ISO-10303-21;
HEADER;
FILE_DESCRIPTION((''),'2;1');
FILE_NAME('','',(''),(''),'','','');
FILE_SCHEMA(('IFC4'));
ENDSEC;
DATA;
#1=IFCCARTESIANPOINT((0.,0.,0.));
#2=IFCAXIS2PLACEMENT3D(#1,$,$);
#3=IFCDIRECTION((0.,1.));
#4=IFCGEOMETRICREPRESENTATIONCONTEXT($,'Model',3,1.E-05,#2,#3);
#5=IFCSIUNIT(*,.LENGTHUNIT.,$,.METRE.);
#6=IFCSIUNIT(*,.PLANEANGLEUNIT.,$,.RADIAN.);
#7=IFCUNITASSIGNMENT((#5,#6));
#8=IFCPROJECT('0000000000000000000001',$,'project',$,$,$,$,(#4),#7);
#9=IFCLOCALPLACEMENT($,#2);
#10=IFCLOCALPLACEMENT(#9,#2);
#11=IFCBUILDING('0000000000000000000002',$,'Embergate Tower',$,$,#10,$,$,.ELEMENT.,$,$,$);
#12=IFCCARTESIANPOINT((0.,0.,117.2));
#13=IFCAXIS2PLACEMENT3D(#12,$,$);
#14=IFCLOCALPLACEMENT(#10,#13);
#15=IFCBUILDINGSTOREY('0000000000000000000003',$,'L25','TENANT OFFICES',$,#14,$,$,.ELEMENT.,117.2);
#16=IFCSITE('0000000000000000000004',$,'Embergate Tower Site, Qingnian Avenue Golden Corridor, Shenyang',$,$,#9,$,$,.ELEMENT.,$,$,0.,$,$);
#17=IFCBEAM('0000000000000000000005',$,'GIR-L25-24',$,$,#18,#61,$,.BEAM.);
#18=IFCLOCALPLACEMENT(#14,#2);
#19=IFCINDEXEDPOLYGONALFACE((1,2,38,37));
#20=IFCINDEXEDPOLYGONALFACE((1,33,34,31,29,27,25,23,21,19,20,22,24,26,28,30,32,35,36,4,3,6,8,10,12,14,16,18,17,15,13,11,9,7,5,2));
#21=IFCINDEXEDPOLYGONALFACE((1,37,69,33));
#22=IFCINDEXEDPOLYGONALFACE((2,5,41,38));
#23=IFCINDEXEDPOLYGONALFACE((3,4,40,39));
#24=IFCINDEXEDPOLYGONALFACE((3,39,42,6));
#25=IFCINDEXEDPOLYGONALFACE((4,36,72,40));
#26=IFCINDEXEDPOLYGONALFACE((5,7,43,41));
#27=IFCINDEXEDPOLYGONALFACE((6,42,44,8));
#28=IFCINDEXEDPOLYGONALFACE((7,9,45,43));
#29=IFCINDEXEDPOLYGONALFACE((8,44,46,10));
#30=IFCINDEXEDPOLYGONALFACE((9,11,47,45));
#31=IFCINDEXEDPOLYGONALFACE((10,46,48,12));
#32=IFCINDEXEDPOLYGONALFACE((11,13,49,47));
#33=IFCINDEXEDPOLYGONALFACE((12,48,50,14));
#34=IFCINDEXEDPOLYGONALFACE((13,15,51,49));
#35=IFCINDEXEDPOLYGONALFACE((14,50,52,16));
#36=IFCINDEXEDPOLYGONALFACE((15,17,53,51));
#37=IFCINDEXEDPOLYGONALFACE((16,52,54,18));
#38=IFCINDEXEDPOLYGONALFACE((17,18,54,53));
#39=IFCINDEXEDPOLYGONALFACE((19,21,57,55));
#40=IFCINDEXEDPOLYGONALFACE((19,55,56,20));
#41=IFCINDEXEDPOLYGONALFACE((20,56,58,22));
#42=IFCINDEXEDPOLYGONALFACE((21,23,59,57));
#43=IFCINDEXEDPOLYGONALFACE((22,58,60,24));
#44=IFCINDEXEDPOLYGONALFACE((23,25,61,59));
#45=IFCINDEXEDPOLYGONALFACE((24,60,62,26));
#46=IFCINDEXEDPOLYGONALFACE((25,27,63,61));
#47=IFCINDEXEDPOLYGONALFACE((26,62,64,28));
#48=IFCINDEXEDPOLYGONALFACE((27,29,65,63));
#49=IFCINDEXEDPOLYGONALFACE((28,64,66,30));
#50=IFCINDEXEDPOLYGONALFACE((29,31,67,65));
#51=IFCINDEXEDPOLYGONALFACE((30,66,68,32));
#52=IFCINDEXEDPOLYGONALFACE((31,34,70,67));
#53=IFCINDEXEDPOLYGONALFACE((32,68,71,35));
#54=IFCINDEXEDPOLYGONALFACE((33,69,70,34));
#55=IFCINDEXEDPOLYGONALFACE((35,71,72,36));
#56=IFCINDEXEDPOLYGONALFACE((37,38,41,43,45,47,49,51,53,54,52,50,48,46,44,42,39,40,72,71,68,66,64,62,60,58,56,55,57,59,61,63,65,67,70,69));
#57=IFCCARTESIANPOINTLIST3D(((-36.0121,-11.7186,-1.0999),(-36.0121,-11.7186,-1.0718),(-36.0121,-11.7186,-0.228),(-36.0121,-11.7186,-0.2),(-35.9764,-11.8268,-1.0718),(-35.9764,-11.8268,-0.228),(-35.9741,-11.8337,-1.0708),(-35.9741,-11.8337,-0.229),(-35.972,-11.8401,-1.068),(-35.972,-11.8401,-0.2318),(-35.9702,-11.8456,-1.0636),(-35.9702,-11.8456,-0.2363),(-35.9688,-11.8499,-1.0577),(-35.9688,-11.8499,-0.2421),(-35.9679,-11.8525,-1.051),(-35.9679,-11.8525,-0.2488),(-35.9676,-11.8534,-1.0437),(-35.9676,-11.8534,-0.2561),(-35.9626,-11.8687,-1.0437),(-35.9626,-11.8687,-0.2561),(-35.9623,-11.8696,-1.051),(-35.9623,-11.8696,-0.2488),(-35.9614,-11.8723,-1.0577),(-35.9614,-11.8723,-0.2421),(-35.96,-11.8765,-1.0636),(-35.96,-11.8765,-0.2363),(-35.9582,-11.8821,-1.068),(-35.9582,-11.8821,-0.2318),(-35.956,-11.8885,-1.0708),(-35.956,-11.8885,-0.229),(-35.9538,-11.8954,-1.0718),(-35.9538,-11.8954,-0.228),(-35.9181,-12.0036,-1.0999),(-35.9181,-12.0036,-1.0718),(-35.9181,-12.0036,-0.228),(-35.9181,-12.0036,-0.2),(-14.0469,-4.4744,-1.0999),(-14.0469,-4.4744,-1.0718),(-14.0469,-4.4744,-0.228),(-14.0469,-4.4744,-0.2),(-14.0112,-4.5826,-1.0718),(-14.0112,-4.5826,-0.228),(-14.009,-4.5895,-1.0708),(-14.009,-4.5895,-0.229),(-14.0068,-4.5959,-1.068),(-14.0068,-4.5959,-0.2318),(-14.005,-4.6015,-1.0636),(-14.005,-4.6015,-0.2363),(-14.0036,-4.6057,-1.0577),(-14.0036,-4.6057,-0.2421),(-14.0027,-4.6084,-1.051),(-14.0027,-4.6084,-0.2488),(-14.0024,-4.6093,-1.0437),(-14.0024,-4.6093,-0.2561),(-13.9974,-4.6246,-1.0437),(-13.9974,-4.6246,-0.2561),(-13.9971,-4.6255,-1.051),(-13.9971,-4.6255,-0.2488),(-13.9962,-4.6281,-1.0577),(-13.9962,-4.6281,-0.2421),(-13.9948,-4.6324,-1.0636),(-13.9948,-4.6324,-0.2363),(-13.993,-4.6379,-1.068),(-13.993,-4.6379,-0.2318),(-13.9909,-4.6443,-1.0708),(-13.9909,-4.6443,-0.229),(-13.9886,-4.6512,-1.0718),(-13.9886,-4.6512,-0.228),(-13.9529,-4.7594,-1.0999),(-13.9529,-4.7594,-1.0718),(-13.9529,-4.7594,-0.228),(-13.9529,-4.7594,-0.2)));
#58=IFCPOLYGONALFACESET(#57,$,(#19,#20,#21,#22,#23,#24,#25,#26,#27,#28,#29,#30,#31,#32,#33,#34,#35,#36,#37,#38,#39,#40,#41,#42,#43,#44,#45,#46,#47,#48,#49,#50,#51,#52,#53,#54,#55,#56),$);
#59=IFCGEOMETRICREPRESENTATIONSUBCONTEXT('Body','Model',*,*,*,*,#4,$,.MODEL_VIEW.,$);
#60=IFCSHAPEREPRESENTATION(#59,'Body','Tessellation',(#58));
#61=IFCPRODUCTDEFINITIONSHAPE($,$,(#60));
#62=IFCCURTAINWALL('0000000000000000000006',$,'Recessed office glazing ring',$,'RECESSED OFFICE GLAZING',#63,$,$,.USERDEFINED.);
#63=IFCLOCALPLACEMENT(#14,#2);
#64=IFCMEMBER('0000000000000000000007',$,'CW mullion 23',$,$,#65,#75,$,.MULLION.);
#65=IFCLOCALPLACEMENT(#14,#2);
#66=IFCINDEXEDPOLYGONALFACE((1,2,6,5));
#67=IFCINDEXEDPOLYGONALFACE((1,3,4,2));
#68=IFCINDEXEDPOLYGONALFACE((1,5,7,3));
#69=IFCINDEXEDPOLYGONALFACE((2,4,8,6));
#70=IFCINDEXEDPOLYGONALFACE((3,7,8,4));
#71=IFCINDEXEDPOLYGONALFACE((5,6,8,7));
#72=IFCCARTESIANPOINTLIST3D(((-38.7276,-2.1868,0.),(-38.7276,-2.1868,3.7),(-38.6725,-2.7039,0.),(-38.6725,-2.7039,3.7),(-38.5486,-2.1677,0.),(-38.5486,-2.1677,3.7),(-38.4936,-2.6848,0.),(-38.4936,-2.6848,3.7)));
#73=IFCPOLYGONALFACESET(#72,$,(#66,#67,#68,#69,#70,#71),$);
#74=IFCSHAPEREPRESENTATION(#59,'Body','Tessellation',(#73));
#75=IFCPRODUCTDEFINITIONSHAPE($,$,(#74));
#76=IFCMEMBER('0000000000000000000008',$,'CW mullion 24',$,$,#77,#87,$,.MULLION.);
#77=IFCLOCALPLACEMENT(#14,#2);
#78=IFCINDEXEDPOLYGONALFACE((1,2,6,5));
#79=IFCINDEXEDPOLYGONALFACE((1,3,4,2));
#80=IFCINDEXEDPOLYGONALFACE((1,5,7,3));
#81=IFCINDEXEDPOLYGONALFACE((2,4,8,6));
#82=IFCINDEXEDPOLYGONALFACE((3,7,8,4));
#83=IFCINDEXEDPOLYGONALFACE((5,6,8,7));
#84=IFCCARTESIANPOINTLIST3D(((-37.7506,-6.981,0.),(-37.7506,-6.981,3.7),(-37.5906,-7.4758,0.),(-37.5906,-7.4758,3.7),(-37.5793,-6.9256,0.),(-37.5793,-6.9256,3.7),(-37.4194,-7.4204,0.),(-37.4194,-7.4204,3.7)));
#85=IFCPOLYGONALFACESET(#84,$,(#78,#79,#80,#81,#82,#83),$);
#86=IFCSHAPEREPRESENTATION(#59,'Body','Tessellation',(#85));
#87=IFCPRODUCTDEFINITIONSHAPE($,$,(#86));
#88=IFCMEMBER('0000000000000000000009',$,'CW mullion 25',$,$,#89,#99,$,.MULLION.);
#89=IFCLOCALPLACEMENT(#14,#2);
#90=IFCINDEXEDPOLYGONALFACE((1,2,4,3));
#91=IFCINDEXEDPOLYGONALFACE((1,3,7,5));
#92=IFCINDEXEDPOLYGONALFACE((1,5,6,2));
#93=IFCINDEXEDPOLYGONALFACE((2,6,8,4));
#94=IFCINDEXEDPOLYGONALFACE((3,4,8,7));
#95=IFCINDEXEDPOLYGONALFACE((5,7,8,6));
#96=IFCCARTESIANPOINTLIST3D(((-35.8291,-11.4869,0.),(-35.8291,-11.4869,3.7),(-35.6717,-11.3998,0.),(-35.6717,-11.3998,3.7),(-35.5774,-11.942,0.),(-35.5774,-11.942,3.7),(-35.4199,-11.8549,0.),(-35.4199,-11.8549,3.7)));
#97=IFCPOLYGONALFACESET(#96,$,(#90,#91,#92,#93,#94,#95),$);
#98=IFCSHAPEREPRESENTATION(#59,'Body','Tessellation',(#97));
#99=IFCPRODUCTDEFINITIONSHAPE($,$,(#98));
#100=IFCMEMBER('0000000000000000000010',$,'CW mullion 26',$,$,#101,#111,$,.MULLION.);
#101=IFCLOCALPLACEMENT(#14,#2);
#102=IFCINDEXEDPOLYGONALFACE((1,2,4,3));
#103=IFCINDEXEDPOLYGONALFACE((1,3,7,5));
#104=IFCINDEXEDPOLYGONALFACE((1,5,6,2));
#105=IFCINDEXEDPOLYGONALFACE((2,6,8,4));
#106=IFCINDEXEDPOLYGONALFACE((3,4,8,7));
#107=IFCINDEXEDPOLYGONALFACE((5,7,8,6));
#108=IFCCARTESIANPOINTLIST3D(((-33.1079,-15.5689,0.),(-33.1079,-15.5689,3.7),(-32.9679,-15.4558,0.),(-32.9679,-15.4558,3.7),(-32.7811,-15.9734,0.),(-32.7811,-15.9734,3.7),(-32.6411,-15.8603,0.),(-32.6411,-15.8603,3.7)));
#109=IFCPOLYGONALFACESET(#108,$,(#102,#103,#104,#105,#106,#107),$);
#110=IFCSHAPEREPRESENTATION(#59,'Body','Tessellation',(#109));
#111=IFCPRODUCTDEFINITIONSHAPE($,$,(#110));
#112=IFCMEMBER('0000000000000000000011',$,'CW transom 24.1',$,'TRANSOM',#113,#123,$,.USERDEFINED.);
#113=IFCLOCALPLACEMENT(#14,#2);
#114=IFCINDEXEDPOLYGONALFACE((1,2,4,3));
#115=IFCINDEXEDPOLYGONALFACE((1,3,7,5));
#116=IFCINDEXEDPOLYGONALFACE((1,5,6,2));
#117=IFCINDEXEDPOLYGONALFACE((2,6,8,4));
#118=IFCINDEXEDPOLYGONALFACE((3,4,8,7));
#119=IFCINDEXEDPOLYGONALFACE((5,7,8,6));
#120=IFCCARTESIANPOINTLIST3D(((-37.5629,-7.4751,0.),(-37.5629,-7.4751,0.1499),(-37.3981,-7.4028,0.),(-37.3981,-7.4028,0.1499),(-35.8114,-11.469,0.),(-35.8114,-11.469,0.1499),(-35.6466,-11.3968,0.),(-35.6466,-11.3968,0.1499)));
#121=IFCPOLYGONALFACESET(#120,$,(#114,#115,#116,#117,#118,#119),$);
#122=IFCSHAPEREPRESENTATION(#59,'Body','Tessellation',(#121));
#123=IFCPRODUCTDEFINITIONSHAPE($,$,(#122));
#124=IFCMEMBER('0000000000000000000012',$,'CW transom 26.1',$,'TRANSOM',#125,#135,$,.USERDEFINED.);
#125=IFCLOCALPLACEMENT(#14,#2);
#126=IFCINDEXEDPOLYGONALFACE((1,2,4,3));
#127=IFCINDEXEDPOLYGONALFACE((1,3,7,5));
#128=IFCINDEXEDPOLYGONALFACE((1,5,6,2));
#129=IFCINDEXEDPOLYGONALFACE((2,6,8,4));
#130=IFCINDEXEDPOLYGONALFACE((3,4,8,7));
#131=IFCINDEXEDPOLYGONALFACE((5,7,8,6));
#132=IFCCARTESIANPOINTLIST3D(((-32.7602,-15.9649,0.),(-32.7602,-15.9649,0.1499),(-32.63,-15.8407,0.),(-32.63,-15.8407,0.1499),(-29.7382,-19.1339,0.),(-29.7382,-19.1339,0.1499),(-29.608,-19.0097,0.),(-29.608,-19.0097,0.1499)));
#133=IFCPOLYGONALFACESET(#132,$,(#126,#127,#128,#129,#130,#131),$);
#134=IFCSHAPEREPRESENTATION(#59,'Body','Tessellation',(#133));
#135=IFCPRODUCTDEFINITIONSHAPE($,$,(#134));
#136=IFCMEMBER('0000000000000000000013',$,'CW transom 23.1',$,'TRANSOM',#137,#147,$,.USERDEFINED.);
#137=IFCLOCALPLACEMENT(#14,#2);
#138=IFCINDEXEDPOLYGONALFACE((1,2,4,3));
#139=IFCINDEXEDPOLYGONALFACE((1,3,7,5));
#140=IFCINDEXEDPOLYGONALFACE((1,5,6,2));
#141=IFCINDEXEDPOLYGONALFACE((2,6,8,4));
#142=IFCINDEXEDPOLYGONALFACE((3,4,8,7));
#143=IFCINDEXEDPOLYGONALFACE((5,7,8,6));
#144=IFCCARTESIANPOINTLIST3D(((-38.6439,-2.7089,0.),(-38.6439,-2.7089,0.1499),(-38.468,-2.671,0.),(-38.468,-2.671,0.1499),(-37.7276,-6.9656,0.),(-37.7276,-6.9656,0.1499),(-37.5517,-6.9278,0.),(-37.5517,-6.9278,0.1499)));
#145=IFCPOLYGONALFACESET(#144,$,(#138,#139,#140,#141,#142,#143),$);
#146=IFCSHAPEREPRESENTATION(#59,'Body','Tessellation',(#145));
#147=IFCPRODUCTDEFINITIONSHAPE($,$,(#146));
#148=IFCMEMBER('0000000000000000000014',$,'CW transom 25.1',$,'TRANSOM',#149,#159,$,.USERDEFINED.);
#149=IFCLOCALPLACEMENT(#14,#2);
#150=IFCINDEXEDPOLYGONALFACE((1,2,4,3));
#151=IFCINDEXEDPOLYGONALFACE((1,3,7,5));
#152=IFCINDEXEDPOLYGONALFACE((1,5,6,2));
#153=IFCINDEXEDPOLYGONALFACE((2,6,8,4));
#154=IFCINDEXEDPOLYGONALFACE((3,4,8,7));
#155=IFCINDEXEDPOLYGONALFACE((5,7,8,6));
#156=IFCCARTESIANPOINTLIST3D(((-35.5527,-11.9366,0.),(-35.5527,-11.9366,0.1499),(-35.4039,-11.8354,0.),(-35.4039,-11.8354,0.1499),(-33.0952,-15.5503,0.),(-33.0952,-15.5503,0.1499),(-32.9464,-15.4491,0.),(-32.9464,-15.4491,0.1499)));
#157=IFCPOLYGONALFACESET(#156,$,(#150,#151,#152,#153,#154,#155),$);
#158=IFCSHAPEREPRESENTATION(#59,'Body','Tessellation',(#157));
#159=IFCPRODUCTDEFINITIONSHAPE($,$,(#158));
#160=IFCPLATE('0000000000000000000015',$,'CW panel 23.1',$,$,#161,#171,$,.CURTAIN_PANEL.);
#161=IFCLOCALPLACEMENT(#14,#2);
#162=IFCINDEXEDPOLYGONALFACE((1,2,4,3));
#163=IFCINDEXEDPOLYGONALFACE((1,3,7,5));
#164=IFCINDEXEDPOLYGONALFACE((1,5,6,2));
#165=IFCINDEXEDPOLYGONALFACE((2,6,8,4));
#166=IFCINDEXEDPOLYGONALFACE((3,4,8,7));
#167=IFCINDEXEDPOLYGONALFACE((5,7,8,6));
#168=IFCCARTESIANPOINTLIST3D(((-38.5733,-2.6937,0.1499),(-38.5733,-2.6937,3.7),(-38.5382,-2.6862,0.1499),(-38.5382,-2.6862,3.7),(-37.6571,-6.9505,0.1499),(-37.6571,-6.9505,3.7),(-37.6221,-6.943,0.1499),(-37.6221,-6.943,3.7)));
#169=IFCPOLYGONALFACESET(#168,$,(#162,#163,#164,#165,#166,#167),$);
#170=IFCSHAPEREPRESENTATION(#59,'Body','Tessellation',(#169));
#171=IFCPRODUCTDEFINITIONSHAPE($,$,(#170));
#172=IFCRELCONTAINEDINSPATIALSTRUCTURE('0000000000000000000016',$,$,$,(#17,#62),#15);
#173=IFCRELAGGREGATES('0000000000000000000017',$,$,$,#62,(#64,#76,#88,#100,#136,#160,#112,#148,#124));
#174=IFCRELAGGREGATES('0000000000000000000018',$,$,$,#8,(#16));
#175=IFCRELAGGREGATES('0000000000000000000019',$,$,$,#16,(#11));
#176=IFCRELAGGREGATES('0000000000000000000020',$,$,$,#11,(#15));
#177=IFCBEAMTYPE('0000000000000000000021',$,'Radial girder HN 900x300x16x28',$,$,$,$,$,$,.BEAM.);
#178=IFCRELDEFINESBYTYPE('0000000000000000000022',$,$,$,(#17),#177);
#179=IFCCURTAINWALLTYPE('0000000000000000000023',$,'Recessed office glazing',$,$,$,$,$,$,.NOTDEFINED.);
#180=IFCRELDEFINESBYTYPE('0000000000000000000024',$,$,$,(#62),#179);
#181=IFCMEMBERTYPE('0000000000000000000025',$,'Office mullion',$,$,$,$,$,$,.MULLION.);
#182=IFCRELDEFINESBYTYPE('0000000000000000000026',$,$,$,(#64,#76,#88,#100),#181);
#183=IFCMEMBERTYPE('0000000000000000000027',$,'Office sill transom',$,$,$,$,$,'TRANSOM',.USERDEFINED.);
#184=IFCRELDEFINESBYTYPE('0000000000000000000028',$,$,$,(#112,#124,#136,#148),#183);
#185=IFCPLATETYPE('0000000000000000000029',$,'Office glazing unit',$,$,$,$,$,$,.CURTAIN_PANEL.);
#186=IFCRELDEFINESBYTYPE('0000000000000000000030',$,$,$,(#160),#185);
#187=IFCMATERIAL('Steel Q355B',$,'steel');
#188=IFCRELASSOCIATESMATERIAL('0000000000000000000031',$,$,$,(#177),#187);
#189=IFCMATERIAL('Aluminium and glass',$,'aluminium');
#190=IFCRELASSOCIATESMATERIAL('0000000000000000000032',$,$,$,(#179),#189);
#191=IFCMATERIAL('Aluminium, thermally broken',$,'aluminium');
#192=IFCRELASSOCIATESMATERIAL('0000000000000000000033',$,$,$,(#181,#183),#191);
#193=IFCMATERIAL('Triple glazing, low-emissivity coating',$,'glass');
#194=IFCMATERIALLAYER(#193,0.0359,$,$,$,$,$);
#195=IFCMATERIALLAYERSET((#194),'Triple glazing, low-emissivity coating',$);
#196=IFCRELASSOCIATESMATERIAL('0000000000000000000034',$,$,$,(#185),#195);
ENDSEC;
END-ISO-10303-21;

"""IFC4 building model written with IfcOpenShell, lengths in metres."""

from ifc_helpers import new_model, si_unit, direction, frame, origin, origin_2d, place, context, subcontext, project, spatial, rectangle, i_section, extrude, source, transform, mapped, material, layer, layer_set, material_profile, profile_set, type_object, element, aggregate, save


model = new_model("IFC4")

# Units and contexts
model_context = context("Model", 3, precision=1e-05, world=origin(), true_north=direction((0.0, 1.0)))
body_context = subcontext(model_context, "Body", "Model", "MODEL_VIEW")
ifc_project = project(units=[si_unit("LENGTHUNIT", "METRE"), si_unit("PLANEANGLEUNIT", "RADIAN")], contexts=[model_context])

# Site, building, storey
site_placement = place(None, origin())
site = spatial("IfcSite", under=ifc_project, at=site_placement, Name="Embergate Tower Site, Qingnian Avenue Golden Corridor, Shenyang", CompositionType="ELEMENT", RefElevation=0.0)
building_placement = place(site_placement, origin())
building = spatial("IfcBuilding", under=site, at=building_placement, Name="Embergate Tower", CompositionType="ELEMENT")
storey_placement = place(building_placement, frame((0.0, 0.0, 117.2)))
storey = spatial("IfcBuildingStorey", under=building, at=storey_placement, Name="L25", Description="TENANT OFFICES", CompositionType="ELEMENT", Elevation=117.2)

# Beam
ifc_material_1 = material(Name="Steel Q355B", Category="steel")
ifc_material_profile_1 = material_profile(ifc_material_1, i_section(OverallWidth=0.3, OverallDepth=0.8999, WebThickness=0.0161, FlangeThickness=0.0281, FilletRadius=0.0281, at=origin_2d()), Name="HN 900x300x16x28")
ifc_profile_set_1 = profile_set([ifc_material_profile_1], Name="Steel Q355 grade B")
beam_type_1 = type_object("IfcBeamType", Name="Radial girder HN 900x300x16x28", PredefinedType="BEAM", material=ifc_profile_set_1)
shared_shape_1 = source(origin(), body_context, "Body", "SweptSolid", [
    extrude(i_section(OverallWidth=0.3, OverallDepth=0.8999, WebThickness=0.0161, FlangeThickness=0.0281, FilletRadius=0.0281, at=origin_2d()), origin(), (0.0, 0.0, 1.0), 23.1289),
])
beam_1_placement = place(storey_placement, frame((-35.9651, -11.8611, -0.6499), z_axis=(0.949684, 0.313208, 0.0), x_axis=(-0.313208, 0.949684, 0.0)))
element("IfcBeam", 1, at=beam_1_placement, inside=storey, type_object=beam_type_1, Name="GIR-L25-24", PredefinedType="BEAM", context=body_context, shape_type="MappedRepresentation", body=[
    mapped(shared_shape_1, transform((0.0, 0.0, 0.0))),
])

# Curtain wall, members, plate
ifc_material_2 = material(Name="Aluminium and glass", Category="aluminium")
curtain_wall_type = type_object("IfcCurtainWallType", Name="Recessed office glazing", PredefinedType="NOTDEFINED", material=ifc_material_2)
curtain_wall_placement = place(storey_placement, origin())
curtain_wall = element("IfcCurtainWall", 2, at=curtain_wall_placement, inside=storey, type_object=curtain_wall_type, Name="Recessed office glazing ring", ObjectType="RECESSED OFFICE GLAZING", PredefinedType="USERDEFINED")
ifc_material_3 = material(Name="Aluminium, thermally broken", Category="aluminium")
ifc_material_profile_2 = material_profile(ifc_material_3, rectangle(XDim=0.1799, YDim=0.52, at=origin_2d()), Name="AL 520x180")
ifc_profile_set_2 = profile_set([ifc_material_profile_2], Name="Aluminium, thermally broken")
member_type_1 = type_object("IfcMemberType", Name="Office mullion", PredefinedType="MULLION", material=ifc_profile_set_2)
shared_shape_2 = source(origin(), body_context, "Body", "SweptSolid", [
    extrude(rectangle(XDim=0.1799, YDim=0.52, at=origin_2d()), origin(), (0.0, 0.0, 1.0), 3.7),
])
member_1_placement = place(storey_placement, frame((-38.6106, -2.4358, 0.0), z_axis=(0.0, 0.0, 1.0), x_axis=(0.994385, 0.10582, 0.0)))
member_1 = element("IfcMember", 3, at=member_1_placement, type_object=member_type_1, Name="CW mullion 23", PredefinedType="MULLION", context=body_context, shape_type="MappedRepresentation", body=[
    mapped(shared_shape_2, transform((0.0, 0.0, 0.0))),
])
member_2_placement = place(storey_placement, frame((-37.585, -7.2007, 0.0), z_axis=(0.0, 0.0, 1.0), x_axis=(0.9515, 0.307647, 0.0)))
member_2 = element("IfcMember", 4, at=member_2_placement, type_object=member_type_1, Name="CW mullion 24", PredefinedType="MULLION", context=body_context, shape_type="MappedRepresentation", body=[
    mapped(shared_shape_2, transform((0.0, 0.0, 0.0))),
])
member_3_placement = place(storey_placement, frame((-35.6245, -11.6709, 0.0), z_axis=(0.0, 0.0, 1.0), x_axis=(0.875007, 0.48411, 0.0)))
member_3 = element("IfcMember", 5, at=member_3_placement, type_object=member_type_1, Name="CW mullion 25", PredefinedType="MULLION", context=body_context, shape_type="MappedRepresentation", body=[
    mapped(shared_shape_2, transform((0.0, 0.0, 0.0))),
])
member_4_placement = place(storey_placement, frame((-32.8745, -15.7146, 0.0), z_axis=(0.0, 0.0, 1.0), x_axis=(0.777879, 0.628414, 0.0)))
member_4 = element("IfcMember", 6, at=member_4_placement, type_object=member_type_1, Name="CW mullion 26", PredefinedType="MULLION", context=body_context, shape_type="MappedRepresentation", body=[
    mapped(shared_shape_2, transform((0.0, 0.0, 0.0))),
])
ifc_material_profile_3 = material_profile(ifc_material_3, rectangle(XDim=0.1799, YDim=0.1499, at=origin_2d()), Name="AL 150x180")
ifc_profile_set_3 = profile_set([ifc_material_profile_3], Name="Aluminium, thermally broken")
member_type_2 = type_object("IfcMemberType", Name="Office sill transom", ElementType="TRANSOM", PredefinedType="USERDEFINED", material=ifc_profile_set_3)
shared_shape_3 = source(origin(), body_context, "Body", "SweptSolid", [
    extrude(rectangle(XDim=0.1799, YDim=0.1499, at=origin_2d()), origin(), (0.0, 0.0, 1.0), 4.3611),
])
member_5_placement = place(storey_placement, frame((-37.4805, -7.439, 0.075), z_axis=(0.401615, -0.915809, 0.0), x_axis=(0.915809, 0.401615, 0.0)))
member_5 = element("IfcMember", 7, at=member_5_placement, type_object=member_type_2, Name="CW transom 24.1", ObjectType="TRANSOM", PredefinedType="USERDEFINED", context=body_context, shape_type="MappedRepresentation", body=[
    mapped(shared_shape_3, transform((0.0, 0.0, 0.0))),
])
shared_shape_4 = source(origin(), body_context, "Body", "SweptSolid", [
    extrude(rectangle(XDim=0.1799, YDim=0.1499, at=origin_2d()), origin(), (0.0, 0.0, 1.0), 4.3789),
])
member_6_placement = place(storey_placement, frame((-32.6951, -15.9028, 0.075), z_axis=(0.690126, -0.72369, 0.0), x_axis=(0.72369, 0.690126, 0.0)))
member_6 = element("IfcMember", 8, at=member_6_placement, type_object=member_type_2, Name="CW transom 26.1", ObjectType="TRANSOM", PredefinedType="USERDEFINED", context=body_context, shape_type="MappedRepresentation", body=[
    mapped(shared_shape_4, transform((0.0, 0.0, 0.0))),
])
shared_shape_5 = source(origin(), body_context, "Body", "SweptSolid", [
    extrude(rectangle(XDim=0.1799, YDim=0.1499, at=origin_2d()), origin(), (0.0, 0.0, 1.0), 4.3542),
])
member_7_placement = place(storey_placement, frame((-38.5559, -2.6899, 0.075), z_axis=(0.210425, -0.97761, 0.0), x_axis=(0.97761, 0.210425, 0.0)))
member_7 = element("IfcMember", 9, at=member_7_placement, type_object=member_type_2, Name="CW transom 23.1", ObjectType="TRANSOM", PredefinedType="USERDEFINED", context=body_context, shape_type="MappedRepresentation", body=[
    mapped(shared_shape_5, transform((0.0, 0.0, 0.0))),
])
shared_shape_6 = source(origin(), body_context, "Body", "SweptSolid", [
    extrude(rectangle(XDim=0.1799, YDim=0.1499, at=origin_2d()), origin(), (0.0, 0.0, 1.0), 4.3701),
])
member_8_placement = place(storey_placement, frame((-35.4783, -11.886, 0.075), z_axis=(0.562334, -0.82691, 0.0), x_axis=(0.82691, 0.562334, 0.0)))
member_8 = element("IfcMember", 10, at=member_8_placement, type_object=member_type_2, Name="CW transom 25.1", ObjectType="TRANSOM", PredefinedType="USERDEFINED", context=body_context, shape_type="MappedRepresentation", body=[
    mapped(shared_shape_6, transform((0.0, 0.0, 0.0))),
])
ifc_material_4 = material(Name="Triple glazing, low-emissivity coating", Category="glass")
ifc_layer_1 = layer(ifc_material_4, 0.0359)
ifc_layer_set_1 = layer_set([ifc_layer_1], Name="Triple glazing, low-emissivity coating")
plate_type = type_object("IfcPlateType", Name="Office glazing unit", PredefinedType="CURTAIN_PANEL", material=ifc_layer_set_1)
shared_shape_7 = source(origin(), body_context, "Body", "SweptSolid", [
    extrude(rectangle(XDim=4.3542, YDim=0.0359, at=origin_2d()), origin(), (0.0, 0.0, 1.0), 3.55),
])
plate_1_placement = place(storey_placement, frame((-38.0977, -4.8184, 0.1499), z_axis=(0.0, 0.0, 1.0), x_axis=(0.210395, -0.977616, 0.0)))
plate_1 = element("IfcPlate", 11, at=plate_1_placement, type_object=plate_type, Name="CW panel 23.1", PredefinedType="CURTAIN_PANEL", context=body_context, shape_type="MappedRepresentation", body=[
    mapped(shared_shape_7, transform((0.0, 0.0, 0.0))),
])
aggregate(curtain_wall, [member_1, member_2, member_3, member_4, member_7, plate_1, member_5, member_8, member_6])

save(model, "model.ifc")
